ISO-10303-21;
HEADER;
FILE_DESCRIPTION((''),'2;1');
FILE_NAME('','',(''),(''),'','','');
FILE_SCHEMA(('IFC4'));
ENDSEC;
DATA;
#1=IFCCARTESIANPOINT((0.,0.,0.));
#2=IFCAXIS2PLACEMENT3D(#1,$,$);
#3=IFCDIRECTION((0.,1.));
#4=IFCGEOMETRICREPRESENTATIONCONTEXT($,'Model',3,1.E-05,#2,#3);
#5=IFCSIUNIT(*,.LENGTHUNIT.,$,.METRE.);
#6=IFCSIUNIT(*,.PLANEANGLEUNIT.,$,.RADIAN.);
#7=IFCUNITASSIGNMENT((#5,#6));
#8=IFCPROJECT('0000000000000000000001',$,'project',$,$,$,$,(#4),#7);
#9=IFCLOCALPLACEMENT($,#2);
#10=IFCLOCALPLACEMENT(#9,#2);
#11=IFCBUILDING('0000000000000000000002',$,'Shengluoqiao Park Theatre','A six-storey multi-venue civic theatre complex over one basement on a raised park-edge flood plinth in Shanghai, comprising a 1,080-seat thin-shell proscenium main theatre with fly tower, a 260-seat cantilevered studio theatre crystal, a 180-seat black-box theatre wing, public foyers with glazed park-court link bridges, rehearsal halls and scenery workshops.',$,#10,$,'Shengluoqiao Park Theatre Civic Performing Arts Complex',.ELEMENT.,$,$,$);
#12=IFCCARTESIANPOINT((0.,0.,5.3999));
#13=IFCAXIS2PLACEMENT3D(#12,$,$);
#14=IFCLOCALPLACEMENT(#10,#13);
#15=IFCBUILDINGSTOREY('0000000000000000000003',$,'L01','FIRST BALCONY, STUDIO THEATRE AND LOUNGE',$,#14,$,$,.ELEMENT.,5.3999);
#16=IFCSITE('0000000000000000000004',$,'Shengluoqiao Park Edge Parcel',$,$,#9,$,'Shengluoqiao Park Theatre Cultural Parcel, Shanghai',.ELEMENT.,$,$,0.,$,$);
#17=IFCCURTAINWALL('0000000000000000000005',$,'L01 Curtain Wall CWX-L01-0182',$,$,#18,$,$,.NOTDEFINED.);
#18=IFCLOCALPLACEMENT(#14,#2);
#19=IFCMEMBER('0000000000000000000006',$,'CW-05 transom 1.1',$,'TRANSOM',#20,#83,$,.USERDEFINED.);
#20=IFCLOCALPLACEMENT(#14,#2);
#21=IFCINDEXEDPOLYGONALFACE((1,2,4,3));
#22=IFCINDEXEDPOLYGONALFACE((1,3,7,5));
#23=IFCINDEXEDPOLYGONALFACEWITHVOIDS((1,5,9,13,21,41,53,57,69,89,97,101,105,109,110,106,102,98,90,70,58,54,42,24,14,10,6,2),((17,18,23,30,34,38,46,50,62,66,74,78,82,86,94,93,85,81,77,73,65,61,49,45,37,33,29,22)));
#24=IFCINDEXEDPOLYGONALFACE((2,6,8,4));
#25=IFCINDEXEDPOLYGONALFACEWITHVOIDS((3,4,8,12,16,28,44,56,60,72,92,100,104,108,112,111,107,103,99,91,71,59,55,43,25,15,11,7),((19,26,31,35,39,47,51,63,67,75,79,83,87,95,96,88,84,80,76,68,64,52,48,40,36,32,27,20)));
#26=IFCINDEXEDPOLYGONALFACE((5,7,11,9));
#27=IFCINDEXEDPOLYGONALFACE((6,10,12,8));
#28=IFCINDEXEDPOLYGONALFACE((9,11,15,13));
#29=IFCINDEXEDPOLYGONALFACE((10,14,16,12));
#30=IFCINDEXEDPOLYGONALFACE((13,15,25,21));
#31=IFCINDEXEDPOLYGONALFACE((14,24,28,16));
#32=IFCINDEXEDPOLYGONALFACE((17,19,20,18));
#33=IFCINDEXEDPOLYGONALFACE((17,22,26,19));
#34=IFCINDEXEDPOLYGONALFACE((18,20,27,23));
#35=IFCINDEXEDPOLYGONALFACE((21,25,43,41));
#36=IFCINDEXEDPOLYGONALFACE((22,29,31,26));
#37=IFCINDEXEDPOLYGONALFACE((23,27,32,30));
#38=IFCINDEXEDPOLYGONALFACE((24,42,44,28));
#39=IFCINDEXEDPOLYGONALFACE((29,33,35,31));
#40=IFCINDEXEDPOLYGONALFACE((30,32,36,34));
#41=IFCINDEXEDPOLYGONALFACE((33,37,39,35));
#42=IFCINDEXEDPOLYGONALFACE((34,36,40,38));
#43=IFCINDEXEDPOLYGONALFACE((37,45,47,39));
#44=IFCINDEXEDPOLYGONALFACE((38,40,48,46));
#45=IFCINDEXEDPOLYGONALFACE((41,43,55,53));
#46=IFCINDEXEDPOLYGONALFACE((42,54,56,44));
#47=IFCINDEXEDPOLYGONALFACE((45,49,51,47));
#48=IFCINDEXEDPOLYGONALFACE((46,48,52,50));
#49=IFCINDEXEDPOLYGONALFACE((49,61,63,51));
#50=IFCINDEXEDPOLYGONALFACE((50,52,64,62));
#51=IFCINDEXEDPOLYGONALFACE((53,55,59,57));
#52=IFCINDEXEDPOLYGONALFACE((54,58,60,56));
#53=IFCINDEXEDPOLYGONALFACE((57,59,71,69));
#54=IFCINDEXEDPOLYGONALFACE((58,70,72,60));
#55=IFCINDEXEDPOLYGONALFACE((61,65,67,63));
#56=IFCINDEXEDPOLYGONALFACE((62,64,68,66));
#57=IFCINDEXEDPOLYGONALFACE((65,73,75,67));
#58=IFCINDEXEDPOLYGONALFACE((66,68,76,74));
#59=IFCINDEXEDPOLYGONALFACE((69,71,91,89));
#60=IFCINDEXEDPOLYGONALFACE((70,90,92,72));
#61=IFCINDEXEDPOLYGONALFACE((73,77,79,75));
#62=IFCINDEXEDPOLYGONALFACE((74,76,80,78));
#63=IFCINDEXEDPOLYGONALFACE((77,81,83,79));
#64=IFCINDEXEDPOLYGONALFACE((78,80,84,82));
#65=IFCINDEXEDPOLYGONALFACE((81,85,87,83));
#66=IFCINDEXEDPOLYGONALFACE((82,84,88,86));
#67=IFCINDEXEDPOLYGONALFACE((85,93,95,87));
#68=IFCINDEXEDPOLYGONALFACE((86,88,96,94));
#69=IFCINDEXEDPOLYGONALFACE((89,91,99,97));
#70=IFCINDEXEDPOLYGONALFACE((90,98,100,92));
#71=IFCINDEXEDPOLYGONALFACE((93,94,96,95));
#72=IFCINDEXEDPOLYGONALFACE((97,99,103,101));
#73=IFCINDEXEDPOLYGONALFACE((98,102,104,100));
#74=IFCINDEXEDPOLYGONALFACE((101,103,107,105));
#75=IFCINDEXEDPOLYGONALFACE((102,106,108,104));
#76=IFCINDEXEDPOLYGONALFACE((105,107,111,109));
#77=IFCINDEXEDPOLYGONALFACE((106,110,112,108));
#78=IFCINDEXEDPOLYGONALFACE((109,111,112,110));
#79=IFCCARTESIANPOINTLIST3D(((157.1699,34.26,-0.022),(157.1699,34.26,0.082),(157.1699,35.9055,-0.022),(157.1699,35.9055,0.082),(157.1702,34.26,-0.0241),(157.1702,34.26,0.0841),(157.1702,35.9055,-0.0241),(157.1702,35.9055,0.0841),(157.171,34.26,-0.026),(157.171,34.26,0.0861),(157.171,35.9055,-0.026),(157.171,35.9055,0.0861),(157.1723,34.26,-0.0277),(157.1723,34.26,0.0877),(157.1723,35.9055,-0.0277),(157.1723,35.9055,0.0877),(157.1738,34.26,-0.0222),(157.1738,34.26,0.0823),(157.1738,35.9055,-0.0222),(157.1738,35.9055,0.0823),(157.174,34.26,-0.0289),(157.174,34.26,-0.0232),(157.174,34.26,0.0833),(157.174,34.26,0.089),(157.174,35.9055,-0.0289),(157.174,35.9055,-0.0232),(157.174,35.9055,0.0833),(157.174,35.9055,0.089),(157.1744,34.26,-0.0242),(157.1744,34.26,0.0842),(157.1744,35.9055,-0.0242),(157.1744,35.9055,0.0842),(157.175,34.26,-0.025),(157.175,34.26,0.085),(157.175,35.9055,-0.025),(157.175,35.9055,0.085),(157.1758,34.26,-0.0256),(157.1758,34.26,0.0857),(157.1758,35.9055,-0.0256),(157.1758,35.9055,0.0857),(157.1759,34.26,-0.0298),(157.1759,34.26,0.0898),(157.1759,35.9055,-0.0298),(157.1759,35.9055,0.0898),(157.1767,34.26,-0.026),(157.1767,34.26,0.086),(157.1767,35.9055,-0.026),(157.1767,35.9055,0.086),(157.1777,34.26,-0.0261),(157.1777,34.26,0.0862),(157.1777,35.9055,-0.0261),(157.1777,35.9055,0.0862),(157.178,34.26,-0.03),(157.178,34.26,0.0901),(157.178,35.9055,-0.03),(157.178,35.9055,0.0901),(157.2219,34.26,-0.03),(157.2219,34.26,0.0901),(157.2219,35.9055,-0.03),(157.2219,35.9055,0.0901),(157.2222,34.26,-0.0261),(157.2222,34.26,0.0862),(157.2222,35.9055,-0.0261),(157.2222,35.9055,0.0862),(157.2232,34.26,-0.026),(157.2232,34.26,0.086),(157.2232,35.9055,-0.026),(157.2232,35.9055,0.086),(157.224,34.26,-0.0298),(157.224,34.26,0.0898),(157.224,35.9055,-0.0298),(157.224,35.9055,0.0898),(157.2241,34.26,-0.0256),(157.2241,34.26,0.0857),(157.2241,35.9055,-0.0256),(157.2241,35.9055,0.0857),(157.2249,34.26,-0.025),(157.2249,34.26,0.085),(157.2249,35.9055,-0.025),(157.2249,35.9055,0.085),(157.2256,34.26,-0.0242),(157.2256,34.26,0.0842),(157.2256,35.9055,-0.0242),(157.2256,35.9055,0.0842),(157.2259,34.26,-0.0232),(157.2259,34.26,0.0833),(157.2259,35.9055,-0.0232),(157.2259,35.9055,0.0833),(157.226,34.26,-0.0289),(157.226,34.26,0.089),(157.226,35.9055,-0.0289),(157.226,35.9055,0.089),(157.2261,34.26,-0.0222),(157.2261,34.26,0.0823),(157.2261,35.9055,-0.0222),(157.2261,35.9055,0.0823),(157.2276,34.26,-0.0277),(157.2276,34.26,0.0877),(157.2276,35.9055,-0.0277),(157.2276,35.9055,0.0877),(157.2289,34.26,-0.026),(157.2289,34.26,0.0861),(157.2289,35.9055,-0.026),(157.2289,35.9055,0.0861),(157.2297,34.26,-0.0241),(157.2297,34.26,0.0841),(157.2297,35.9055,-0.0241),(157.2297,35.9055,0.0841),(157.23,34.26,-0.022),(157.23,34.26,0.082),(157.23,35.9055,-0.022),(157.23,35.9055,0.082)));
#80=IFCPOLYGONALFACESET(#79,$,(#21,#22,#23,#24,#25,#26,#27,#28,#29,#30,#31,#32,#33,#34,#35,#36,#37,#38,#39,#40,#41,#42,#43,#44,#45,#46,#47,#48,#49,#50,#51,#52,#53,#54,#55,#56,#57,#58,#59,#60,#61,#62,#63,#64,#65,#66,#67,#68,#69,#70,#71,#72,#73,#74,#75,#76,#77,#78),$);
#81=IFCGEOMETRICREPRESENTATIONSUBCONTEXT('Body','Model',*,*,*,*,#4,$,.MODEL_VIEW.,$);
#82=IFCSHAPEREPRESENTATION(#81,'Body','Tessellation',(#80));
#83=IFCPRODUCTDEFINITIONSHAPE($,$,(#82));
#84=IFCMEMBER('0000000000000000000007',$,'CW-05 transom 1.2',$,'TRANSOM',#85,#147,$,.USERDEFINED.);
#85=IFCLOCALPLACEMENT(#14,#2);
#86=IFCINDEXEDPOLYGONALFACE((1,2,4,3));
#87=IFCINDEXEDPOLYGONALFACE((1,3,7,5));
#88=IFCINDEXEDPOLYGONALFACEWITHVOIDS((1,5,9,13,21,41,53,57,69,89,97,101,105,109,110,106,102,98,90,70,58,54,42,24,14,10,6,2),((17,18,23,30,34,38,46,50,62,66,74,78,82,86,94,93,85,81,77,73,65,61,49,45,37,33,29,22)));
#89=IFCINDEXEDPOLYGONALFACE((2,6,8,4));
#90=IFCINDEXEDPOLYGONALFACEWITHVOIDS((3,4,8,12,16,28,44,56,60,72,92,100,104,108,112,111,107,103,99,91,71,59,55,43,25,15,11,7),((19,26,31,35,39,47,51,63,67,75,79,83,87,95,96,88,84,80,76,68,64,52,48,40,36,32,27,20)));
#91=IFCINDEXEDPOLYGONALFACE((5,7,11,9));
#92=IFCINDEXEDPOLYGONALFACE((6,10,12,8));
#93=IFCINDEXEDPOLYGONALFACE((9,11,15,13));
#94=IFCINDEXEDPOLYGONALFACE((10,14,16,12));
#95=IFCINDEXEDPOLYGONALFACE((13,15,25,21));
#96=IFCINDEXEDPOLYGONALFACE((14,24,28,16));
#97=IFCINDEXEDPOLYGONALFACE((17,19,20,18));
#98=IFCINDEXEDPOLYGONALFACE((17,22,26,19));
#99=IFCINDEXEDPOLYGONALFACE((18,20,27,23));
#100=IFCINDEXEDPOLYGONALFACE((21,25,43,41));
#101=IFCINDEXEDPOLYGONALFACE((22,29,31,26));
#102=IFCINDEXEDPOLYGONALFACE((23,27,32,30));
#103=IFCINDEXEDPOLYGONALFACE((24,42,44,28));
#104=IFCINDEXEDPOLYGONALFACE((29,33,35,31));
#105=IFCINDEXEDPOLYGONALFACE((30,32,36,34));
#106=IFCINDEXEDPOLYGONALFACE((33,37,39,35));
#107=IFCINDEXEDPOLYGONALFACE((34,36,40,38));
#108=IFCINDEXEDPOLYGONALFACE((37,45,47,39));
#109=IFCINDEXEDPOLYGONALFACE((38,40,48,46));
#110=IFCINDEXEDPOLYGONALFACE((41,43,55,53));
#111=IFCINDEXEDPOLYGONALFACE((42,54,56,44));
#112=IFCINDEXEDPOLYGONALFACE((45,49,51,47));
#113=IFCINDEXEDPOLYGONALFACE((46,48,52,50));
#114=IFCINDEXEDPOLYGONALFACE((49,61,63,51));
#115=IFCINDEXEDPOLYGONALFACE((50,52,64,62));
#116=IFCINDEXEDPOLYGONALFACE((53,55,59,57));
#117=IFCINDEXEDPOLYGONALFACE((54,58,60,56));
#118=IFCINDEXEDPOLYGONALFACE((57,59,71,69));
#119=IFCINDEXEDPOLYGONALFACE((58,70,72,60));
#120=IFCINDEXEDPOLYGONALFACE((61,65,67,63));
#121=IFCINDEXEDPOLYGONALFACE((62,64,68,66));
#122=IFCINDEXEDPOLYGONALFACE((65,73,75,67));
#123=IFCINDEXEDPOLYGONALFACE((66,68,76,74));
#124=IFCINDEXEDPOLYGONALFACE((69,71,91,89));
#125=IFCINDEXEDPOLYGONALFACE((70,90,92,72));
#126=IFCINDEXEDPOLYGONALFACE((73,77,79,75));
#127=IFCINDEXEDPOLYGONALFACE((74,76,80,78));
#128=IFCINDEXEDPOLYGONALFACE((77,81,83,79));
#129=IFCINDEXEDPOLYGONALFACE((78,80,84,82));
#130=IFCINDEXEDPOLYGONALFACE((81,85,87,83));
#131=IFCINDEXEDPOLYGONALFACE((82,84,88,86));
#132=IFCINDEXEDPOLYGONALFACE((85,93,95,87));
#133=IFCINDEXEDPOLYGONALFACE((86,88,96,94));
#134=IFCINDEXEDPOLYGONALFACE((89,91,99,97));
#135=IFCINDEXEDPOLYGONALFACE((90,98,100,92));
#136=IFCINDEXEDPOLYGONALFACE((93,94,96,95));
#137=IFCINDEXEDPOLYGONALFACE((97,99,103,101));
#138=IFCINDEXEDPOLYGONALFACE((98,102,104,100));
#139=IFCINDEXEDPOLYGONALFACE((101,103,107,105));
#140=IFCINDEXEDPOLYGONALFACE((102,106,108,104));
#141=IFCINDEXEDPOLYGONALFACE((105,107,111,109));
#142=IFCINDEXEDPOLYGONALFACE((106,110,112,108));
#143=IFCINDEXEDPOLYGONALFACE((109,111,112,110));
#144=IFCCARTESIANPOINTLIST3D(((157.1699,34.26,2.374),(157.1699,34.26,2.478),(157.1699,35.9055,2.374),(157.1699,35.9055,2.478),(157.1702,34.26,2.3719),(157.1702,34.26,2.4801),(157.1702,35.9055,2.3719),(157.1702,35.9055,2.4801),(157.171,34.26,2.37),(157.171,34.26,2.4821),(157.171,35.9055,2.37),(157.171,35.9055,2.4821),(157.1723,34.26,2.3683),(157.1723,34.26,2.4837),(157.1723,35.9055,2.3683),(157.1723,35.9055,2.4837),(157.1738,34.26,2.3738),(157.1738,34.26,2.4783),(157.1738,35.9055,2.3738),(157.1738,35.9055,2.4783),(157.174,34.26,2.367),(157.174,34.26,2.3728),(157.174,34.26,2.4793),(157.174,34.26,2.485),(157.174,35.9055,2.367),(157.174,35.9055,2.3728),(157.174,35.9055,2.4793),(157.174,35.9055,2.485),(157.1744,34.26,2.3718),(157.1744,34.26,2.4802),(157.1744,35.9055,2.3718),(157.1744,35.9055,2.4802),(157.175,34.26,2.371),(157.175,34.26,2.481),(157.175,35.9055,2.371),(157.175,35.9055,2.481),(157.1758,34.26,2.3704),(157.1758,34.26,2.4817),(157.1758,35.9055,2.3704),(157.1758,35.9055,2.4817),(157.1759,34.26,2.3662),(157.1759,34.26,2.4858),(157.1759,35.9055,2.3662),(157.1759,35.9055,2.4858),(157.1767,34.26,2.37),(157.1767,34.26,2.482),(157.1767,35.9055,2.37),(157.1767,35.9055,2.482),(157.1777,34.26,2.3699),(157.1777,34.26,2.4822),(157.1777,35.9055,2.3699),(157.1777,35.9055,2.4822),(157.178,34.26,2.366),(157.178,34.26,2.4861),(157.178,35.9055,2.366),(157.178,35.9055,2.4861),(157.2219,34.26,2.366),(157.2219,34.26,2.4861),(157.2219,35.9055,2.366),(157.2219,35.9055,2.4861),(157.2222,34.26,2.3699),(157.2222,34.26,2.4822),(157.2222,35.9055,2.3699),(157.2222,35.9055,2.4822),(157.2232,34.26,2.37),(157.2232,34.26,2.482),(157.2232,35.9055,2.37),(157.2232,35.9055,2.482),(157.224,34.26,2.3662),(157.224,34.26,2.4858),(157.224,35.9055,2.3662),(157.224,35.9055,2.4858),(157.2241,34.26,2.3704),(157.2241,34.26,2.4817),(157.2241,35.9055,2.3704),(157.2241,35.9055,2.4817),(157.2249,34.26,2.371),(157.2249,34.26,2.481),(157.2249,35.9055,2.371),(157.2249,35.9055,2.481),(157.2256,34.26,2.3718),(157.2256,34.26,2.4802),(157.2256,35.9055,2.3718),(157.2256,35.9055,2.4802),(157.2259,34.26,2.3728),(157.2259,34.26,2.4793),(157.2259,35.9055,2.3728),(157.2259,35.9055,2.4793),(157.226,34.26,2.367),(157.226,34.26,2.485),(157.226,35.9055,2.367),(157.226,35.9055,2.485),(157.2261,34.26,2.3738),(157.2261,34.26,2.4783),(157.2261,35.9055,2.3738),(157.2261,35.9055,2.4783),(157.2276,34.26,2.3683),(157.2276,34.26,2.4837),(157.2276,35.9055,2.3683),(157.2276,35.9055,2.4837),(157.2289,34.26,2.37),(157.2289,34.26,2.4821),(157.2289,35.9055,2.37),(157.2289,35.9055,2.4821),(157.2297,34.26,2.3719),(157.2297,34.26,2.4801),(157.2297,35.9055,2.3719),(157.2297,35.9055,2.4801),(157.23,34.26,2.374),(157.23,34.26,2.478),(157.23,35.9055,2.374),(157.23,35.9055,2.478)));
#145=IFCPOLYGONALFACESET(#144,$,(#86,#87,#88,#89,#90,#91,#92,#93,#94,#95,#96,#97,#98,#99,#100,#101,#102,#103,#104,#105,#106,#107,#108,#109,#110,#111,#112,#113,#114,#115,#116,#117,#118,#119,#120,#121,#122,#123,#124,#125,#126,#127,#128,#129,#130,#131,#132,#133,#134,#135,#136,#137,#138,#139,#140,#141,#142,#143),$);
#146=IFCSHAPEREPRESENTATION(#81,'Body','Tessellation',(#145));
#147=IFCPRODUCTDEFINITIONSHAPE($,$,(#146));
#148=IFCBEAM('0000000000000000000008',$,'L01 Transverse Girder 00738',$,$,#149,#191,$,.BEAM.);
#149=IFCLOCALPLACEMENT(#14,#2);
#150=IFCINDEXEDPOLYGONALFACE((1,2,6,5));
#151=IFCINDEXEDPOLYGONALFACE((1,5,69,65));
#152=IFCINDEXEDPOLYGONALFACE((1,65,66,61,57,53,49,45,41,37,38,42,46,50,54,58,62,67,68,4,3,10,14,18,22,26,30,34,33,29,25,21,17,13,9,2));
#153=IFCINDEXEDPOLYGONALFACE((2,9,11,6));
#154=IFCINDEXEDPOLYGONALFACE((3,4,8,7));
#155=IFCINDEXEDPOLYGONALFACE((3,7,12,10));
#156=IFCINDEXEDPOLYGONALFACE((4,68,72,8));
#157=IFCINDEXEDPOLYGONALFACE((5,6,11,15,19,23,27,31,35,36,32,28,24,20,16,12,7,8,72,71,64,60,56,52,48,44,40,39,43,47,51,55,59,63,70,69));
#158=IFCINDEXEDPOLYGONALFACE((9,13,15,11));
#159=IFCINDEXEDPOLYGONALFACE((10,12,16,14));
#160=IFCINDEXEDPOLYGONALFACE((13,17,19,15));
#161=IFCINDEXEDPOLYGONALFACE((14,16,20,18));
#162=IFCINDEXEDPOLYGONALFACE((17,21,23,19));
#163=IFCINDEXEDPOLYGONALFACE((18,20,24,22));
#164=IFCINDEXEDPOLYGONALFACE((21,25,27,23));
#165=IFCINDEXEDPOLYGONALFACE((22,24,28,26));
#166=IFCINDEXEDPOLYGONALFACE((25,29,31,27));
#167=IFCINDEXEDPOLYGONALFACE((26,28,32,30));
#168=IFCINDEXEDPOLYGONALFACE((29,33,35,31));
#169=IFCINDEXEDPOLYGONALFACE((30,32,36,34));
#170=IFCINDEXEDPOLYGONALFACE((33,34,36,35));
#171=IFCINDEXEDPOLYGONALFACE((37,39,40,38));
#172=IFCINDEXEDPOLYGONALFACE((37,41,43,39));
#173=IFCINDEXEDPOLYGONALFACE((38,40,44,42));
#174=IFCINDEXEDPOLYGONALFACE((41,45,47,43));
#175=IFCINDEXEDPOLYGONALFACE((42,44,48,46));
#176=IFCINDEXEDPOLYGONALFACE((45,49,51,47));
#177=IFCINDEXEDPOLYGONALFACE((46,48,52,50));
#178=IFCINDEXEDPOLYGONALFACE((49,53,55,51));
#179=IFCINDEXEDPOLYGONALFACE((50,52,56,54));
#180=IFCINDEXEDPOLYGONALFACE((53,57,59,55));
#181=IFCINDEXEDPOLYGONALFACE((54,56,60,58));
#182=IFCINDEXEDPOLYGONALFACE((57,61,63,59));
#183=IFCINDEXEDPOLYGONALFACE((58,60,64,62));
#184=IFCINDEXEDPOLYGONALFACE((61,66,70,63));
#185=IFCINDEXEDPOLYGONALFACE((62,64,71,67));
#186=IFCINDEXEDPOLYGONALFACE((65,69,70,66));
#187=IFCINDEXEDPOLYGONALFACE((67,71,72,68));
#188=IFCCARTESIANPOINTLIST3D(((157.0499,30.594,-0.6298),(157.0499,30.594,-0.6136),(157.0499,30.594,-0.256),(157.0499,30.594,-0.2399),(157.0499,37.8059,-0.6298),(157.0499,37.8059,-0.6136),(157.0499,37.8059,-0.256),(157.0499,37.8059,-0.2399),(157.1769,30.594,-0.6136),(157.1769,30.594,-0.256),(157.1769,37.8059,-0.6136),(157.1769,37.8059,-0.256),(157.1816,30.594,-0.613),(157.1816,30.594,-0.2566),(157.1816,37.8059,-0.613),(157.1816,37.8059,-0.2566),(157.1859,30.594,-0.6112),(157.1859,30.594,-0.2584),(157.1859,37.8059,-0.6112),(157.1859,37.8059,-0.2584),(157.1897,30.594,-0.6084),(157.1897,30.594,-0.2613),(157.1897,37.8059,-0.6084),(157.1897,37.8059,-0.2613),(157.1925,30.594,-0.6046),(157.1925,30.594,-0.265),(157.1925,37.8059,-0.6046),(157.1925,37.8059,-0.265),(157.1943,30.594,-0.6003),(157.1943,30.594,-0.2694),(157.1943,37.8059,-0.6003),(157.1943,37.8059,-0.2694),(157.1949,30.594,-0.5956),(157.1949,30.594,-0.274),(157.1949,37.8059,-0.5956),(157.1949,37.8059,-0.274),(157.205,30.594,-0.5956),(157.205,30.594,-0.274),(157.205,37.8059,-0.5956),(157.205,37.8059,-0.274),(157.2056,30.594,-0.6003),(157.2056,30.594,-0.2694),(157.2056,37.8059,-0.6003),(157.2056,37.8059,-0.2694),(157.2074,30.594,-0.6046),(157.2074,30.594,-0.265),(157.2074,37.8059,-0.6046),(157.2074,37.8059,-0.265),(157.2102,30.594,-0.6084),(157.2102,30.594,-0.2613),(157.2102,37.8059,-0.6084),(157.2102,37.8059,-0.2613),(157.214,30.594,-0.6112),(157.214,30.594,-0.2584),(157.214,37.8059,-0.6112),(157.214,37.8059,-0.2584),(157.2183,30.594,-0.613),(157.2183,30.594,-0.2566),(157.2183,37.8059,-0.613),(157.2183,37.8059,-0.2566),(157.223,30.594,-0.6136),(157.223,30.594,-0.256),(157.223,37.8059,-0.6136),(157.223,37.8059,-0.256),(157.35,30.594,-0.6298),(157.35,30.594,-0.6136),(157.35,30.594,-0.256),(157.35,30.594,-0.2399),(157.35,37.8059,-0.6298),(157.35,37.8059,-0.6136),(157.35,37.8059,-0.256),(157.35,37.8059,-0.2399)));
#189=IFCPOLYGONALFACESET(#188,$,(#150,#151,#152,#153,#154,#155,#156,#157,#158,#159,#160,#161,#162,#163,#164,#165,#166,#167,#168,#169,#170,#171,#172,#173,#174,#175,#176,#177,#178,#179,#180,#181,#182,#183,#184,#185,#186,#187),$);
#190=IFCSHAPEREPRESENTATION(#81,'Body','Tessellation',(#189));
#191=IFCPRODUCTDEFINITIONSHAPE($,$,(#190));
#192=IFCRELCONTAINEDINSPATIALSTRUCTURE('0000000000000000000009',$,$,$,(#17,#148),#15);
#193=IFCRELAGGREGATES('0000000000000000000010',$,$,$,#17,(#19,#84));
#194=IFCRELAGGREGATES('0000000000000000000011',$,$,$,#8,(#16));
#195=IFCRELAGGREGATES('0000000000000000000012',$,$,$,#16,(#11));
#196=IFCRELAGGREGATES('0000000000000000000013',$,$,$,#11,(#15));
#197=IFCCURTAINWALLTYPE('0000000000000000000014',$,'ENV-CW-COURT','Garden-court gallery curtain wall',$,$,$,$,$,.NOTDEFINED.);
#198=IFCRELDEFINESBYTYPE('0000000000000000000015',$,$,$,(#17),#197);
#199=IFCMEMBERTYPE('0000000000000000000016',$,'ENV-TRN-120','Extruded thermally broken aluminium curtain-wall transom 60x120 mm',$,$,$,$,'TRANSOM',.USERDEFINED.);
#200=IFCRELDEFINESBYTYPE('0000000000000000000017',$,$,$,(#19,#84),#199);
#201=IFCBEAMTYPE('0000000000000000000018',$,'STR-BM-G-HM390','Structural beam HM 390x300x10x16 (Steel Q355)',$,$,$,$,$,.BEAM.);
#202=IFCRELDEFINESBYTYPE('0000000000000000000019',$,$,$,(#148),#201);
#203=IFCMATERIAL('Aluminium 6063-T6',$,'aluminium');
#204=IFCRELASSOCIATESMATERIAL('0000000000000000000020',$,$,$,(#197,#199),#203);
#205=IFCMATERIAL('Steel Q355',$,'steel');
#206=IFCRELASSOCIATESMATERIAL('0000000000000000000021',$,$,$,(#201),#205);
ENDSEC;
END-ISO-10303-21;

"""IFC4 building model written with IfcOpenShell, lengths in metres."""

from ifc_helpers import new_model, si_unit, direction, frame, origin, origin_2d, place, context, subcontext, project, spatial, hollow_rectangle, i_section, extrude, material, material_profile, profile_set, type_object, element, aggregate, save


model = new_model("IFC4")

# Units and contexts
model_context = context("Model", 3, precision=1e-05, world=origin(), true_north=direction((0.0, 1.0)))
body_context = subcontext(model_context, "Body", "Model", "MODEL_VIEW")
ifc_project = project(units=[si_unit("LENGTHUNIT", "METRE"), si_unit("PLANEANGLEUNIT", "RADIAN")], contexts=[model_context])

# Site, building, storey
site_placement = place(None, origin())
site = spatial("IfcSite", under=ifc_project, at=site_placement, Name="Shengluoqiao Park Edge Parcel", LongName="Shengluoqiao Park Theatre Cultural Parcel, Shanghai", CompositionType="ELEMENT", RefElevation=0.0)
building_placement = place(site_placement, origin())
building = spatial("IfcBuilding", under=site, at=building_placement, Name="Shengluoqiao Park Theatre", Description="A six-storey multi-venue civic theatre complex over one basement on a raised park-edge flood plinth in Shanghai, comprising a 1,080-seat thin-shell proscenium main theatre with fly tower, a 260-seat cantilevered studio theatre crystal, a 180-seat black-box theatre wing, public foyers with glazed park-court link bridges, rehearsal halls and scenery workshops.", LongName="Shengluoqiao Park Theatre Civic Performing Arts Complex", CompositionType="ELEMENT")
storey_placement = place(building_placement, frame((0.0, 0.0, 5.3999)))
storey = spatial("IfcBuildingStorey", under=building, at=storey_placement, Name="L01", Description="FIRST BALCONY, STUDIO THEATRE AND LOUNGE", CompositionType="ELEMENT", Elevation=5.3999)

# Shared definitions
ifc_material_1 = material(Name="Aluminium 6063-T6", Category="aluminium")
curtain_wall_type = type_object("IfcCurtainWallType", Name="ENV-CW-COURT", Description="Garden-court gallery curtain wall", PredefinedType="NOTDEFINED", material=ifc_material_1)

# Curtain wall
curtain_wall_1_placement = place(storey_placement, origin())
curtain_wall_1 = element("IfcCurtainWall", 1, at=curtain_wall_1_placement, inside=storey, type_object=curtain_wall_type, Name="L01 Curtain Wall CWX-L01-0182", PredefinedType="NOTDEFINED")

# Members
ifc_material_profile_1 = material_profile(ifc_material_1, hollow_rectangle(XDim=0.0601, YDim=0.1201, WallThickness=0.0039, InnerFilletRadius=0.0039, OuterFilletRadius=0.0081, at=origin_2d()), Name="ALU TRANSOM 120x60x4")
ifc_profile_set_1 = profile_set([ifc_material_profile_1], Name="Aluminium 6063-T6")
member_type_1 = type_object("IfcMemberType", Name="ENV-TRN-120", Description="Extruded thermally broken aluminium curtain-wall transom 60x120 mm", ElementType="TRANSOM", PredefinedType="USERDEFINED", material=ifc_profile_set_1)
member_1_placement = place(storey_placement, frame((157.2, 34.26, 0.03), z_axis=(0.0, 1.0, 0.0), x_axis=(-1.0, 0.0, 0.0)))
member_1 = element("IfcMember", 2, at=member_1_placement, type_object=member_type_1, Name="CW-05 transom 1.1", ObjectType="TRANSOM", PredefinedType="USERDEFINED", context=body_context, shape_type="SweptSolid", body=[
    extrude(hollow_rectangle(XDim=0.0601, YDim=0.1201, WallThickness=0.0039, InnerFilletRadius=0.0039, OuterFilletRadius=0.0081, at=origin_2d()), origin(), (0.0, 0.0, 1.0), 1.6455),
])
member_2_placement = place(storey_placement, frame((157.2, 34.26, 2.426), z_axis=(0.0, 1.0, 0.0), x_axis=(-1.0, 0.0, 0.0)))
member_2 = element("IfcMember", 3, at=member_2_placement, type_object=member_type_1, Name="CW-05 transom 1.2", ObjectType="TRANSOM", PredefinedType="USERDEFINED", context=body_context, shape_type="SweptSolid", body=[
    extrude(hollow_rectangle(XDim=0.0601, YDim=0.1201, WallThickness=0.0039, InnerFilletRadius=0.0039, OuterFilletRadius=0.0081, at=origin_2d()), origin(), (0.0, 0.0, 1.0), 1.6455),
])
aggregate(curtain_wall_1, [member_1, member_2])

# Beam
ifc_material_2 = material(Name="Steel Q355", Category="steel")
ifc_material_profile_2 = material_profile(ifc_material_2, i_section(OverallWidth=0.3, OverallDepth=0.3899, WebThickness=0.01, FlangeThickness=0.0161, FilletRadius=0.0181, at=origin_2d()), Name="HM 390x300x10x16")
ifc_profile_set_2 = profile_set([ifc_material_profile_2], Name="Steel Q355")
beam_type_1 = type_object("IfcBeamType", Name="STR-BM-G-HM390", Description="Structural beam HM 390x300x10x16 (Steel Q355)", PredefinedType="BEAM", material=ifc_profile_set_2)
for number, where, z_axis, x_axis, name in (
    (4, (157.2, 30.594, -0.4348), (0.0, 1.0, 0.0), (-1.0, 0.0, 0.0), "L01 Transverse Girder 00738"),
):
    element("IfcBeam", number, at=place(storey_placement, frame(where, z_axis=z_axis, x_axis=x_axis)), inside=storey, type_object=beam_type_1, Name=name, PredefinedType="BEAM", context=body_context, shape_type="SweptSolid", body=[
        extrude(i_section(OverallWidth=0.3, OverallDepth=0.3899, WebThickness=0.01, FlangeThickness=0.0161, FilletRadius=0.0181, at=origin_2d()), origin(), (0.0, 0.0, 1.0), 7.2119),
    ])

save(model, "model.ifc")
